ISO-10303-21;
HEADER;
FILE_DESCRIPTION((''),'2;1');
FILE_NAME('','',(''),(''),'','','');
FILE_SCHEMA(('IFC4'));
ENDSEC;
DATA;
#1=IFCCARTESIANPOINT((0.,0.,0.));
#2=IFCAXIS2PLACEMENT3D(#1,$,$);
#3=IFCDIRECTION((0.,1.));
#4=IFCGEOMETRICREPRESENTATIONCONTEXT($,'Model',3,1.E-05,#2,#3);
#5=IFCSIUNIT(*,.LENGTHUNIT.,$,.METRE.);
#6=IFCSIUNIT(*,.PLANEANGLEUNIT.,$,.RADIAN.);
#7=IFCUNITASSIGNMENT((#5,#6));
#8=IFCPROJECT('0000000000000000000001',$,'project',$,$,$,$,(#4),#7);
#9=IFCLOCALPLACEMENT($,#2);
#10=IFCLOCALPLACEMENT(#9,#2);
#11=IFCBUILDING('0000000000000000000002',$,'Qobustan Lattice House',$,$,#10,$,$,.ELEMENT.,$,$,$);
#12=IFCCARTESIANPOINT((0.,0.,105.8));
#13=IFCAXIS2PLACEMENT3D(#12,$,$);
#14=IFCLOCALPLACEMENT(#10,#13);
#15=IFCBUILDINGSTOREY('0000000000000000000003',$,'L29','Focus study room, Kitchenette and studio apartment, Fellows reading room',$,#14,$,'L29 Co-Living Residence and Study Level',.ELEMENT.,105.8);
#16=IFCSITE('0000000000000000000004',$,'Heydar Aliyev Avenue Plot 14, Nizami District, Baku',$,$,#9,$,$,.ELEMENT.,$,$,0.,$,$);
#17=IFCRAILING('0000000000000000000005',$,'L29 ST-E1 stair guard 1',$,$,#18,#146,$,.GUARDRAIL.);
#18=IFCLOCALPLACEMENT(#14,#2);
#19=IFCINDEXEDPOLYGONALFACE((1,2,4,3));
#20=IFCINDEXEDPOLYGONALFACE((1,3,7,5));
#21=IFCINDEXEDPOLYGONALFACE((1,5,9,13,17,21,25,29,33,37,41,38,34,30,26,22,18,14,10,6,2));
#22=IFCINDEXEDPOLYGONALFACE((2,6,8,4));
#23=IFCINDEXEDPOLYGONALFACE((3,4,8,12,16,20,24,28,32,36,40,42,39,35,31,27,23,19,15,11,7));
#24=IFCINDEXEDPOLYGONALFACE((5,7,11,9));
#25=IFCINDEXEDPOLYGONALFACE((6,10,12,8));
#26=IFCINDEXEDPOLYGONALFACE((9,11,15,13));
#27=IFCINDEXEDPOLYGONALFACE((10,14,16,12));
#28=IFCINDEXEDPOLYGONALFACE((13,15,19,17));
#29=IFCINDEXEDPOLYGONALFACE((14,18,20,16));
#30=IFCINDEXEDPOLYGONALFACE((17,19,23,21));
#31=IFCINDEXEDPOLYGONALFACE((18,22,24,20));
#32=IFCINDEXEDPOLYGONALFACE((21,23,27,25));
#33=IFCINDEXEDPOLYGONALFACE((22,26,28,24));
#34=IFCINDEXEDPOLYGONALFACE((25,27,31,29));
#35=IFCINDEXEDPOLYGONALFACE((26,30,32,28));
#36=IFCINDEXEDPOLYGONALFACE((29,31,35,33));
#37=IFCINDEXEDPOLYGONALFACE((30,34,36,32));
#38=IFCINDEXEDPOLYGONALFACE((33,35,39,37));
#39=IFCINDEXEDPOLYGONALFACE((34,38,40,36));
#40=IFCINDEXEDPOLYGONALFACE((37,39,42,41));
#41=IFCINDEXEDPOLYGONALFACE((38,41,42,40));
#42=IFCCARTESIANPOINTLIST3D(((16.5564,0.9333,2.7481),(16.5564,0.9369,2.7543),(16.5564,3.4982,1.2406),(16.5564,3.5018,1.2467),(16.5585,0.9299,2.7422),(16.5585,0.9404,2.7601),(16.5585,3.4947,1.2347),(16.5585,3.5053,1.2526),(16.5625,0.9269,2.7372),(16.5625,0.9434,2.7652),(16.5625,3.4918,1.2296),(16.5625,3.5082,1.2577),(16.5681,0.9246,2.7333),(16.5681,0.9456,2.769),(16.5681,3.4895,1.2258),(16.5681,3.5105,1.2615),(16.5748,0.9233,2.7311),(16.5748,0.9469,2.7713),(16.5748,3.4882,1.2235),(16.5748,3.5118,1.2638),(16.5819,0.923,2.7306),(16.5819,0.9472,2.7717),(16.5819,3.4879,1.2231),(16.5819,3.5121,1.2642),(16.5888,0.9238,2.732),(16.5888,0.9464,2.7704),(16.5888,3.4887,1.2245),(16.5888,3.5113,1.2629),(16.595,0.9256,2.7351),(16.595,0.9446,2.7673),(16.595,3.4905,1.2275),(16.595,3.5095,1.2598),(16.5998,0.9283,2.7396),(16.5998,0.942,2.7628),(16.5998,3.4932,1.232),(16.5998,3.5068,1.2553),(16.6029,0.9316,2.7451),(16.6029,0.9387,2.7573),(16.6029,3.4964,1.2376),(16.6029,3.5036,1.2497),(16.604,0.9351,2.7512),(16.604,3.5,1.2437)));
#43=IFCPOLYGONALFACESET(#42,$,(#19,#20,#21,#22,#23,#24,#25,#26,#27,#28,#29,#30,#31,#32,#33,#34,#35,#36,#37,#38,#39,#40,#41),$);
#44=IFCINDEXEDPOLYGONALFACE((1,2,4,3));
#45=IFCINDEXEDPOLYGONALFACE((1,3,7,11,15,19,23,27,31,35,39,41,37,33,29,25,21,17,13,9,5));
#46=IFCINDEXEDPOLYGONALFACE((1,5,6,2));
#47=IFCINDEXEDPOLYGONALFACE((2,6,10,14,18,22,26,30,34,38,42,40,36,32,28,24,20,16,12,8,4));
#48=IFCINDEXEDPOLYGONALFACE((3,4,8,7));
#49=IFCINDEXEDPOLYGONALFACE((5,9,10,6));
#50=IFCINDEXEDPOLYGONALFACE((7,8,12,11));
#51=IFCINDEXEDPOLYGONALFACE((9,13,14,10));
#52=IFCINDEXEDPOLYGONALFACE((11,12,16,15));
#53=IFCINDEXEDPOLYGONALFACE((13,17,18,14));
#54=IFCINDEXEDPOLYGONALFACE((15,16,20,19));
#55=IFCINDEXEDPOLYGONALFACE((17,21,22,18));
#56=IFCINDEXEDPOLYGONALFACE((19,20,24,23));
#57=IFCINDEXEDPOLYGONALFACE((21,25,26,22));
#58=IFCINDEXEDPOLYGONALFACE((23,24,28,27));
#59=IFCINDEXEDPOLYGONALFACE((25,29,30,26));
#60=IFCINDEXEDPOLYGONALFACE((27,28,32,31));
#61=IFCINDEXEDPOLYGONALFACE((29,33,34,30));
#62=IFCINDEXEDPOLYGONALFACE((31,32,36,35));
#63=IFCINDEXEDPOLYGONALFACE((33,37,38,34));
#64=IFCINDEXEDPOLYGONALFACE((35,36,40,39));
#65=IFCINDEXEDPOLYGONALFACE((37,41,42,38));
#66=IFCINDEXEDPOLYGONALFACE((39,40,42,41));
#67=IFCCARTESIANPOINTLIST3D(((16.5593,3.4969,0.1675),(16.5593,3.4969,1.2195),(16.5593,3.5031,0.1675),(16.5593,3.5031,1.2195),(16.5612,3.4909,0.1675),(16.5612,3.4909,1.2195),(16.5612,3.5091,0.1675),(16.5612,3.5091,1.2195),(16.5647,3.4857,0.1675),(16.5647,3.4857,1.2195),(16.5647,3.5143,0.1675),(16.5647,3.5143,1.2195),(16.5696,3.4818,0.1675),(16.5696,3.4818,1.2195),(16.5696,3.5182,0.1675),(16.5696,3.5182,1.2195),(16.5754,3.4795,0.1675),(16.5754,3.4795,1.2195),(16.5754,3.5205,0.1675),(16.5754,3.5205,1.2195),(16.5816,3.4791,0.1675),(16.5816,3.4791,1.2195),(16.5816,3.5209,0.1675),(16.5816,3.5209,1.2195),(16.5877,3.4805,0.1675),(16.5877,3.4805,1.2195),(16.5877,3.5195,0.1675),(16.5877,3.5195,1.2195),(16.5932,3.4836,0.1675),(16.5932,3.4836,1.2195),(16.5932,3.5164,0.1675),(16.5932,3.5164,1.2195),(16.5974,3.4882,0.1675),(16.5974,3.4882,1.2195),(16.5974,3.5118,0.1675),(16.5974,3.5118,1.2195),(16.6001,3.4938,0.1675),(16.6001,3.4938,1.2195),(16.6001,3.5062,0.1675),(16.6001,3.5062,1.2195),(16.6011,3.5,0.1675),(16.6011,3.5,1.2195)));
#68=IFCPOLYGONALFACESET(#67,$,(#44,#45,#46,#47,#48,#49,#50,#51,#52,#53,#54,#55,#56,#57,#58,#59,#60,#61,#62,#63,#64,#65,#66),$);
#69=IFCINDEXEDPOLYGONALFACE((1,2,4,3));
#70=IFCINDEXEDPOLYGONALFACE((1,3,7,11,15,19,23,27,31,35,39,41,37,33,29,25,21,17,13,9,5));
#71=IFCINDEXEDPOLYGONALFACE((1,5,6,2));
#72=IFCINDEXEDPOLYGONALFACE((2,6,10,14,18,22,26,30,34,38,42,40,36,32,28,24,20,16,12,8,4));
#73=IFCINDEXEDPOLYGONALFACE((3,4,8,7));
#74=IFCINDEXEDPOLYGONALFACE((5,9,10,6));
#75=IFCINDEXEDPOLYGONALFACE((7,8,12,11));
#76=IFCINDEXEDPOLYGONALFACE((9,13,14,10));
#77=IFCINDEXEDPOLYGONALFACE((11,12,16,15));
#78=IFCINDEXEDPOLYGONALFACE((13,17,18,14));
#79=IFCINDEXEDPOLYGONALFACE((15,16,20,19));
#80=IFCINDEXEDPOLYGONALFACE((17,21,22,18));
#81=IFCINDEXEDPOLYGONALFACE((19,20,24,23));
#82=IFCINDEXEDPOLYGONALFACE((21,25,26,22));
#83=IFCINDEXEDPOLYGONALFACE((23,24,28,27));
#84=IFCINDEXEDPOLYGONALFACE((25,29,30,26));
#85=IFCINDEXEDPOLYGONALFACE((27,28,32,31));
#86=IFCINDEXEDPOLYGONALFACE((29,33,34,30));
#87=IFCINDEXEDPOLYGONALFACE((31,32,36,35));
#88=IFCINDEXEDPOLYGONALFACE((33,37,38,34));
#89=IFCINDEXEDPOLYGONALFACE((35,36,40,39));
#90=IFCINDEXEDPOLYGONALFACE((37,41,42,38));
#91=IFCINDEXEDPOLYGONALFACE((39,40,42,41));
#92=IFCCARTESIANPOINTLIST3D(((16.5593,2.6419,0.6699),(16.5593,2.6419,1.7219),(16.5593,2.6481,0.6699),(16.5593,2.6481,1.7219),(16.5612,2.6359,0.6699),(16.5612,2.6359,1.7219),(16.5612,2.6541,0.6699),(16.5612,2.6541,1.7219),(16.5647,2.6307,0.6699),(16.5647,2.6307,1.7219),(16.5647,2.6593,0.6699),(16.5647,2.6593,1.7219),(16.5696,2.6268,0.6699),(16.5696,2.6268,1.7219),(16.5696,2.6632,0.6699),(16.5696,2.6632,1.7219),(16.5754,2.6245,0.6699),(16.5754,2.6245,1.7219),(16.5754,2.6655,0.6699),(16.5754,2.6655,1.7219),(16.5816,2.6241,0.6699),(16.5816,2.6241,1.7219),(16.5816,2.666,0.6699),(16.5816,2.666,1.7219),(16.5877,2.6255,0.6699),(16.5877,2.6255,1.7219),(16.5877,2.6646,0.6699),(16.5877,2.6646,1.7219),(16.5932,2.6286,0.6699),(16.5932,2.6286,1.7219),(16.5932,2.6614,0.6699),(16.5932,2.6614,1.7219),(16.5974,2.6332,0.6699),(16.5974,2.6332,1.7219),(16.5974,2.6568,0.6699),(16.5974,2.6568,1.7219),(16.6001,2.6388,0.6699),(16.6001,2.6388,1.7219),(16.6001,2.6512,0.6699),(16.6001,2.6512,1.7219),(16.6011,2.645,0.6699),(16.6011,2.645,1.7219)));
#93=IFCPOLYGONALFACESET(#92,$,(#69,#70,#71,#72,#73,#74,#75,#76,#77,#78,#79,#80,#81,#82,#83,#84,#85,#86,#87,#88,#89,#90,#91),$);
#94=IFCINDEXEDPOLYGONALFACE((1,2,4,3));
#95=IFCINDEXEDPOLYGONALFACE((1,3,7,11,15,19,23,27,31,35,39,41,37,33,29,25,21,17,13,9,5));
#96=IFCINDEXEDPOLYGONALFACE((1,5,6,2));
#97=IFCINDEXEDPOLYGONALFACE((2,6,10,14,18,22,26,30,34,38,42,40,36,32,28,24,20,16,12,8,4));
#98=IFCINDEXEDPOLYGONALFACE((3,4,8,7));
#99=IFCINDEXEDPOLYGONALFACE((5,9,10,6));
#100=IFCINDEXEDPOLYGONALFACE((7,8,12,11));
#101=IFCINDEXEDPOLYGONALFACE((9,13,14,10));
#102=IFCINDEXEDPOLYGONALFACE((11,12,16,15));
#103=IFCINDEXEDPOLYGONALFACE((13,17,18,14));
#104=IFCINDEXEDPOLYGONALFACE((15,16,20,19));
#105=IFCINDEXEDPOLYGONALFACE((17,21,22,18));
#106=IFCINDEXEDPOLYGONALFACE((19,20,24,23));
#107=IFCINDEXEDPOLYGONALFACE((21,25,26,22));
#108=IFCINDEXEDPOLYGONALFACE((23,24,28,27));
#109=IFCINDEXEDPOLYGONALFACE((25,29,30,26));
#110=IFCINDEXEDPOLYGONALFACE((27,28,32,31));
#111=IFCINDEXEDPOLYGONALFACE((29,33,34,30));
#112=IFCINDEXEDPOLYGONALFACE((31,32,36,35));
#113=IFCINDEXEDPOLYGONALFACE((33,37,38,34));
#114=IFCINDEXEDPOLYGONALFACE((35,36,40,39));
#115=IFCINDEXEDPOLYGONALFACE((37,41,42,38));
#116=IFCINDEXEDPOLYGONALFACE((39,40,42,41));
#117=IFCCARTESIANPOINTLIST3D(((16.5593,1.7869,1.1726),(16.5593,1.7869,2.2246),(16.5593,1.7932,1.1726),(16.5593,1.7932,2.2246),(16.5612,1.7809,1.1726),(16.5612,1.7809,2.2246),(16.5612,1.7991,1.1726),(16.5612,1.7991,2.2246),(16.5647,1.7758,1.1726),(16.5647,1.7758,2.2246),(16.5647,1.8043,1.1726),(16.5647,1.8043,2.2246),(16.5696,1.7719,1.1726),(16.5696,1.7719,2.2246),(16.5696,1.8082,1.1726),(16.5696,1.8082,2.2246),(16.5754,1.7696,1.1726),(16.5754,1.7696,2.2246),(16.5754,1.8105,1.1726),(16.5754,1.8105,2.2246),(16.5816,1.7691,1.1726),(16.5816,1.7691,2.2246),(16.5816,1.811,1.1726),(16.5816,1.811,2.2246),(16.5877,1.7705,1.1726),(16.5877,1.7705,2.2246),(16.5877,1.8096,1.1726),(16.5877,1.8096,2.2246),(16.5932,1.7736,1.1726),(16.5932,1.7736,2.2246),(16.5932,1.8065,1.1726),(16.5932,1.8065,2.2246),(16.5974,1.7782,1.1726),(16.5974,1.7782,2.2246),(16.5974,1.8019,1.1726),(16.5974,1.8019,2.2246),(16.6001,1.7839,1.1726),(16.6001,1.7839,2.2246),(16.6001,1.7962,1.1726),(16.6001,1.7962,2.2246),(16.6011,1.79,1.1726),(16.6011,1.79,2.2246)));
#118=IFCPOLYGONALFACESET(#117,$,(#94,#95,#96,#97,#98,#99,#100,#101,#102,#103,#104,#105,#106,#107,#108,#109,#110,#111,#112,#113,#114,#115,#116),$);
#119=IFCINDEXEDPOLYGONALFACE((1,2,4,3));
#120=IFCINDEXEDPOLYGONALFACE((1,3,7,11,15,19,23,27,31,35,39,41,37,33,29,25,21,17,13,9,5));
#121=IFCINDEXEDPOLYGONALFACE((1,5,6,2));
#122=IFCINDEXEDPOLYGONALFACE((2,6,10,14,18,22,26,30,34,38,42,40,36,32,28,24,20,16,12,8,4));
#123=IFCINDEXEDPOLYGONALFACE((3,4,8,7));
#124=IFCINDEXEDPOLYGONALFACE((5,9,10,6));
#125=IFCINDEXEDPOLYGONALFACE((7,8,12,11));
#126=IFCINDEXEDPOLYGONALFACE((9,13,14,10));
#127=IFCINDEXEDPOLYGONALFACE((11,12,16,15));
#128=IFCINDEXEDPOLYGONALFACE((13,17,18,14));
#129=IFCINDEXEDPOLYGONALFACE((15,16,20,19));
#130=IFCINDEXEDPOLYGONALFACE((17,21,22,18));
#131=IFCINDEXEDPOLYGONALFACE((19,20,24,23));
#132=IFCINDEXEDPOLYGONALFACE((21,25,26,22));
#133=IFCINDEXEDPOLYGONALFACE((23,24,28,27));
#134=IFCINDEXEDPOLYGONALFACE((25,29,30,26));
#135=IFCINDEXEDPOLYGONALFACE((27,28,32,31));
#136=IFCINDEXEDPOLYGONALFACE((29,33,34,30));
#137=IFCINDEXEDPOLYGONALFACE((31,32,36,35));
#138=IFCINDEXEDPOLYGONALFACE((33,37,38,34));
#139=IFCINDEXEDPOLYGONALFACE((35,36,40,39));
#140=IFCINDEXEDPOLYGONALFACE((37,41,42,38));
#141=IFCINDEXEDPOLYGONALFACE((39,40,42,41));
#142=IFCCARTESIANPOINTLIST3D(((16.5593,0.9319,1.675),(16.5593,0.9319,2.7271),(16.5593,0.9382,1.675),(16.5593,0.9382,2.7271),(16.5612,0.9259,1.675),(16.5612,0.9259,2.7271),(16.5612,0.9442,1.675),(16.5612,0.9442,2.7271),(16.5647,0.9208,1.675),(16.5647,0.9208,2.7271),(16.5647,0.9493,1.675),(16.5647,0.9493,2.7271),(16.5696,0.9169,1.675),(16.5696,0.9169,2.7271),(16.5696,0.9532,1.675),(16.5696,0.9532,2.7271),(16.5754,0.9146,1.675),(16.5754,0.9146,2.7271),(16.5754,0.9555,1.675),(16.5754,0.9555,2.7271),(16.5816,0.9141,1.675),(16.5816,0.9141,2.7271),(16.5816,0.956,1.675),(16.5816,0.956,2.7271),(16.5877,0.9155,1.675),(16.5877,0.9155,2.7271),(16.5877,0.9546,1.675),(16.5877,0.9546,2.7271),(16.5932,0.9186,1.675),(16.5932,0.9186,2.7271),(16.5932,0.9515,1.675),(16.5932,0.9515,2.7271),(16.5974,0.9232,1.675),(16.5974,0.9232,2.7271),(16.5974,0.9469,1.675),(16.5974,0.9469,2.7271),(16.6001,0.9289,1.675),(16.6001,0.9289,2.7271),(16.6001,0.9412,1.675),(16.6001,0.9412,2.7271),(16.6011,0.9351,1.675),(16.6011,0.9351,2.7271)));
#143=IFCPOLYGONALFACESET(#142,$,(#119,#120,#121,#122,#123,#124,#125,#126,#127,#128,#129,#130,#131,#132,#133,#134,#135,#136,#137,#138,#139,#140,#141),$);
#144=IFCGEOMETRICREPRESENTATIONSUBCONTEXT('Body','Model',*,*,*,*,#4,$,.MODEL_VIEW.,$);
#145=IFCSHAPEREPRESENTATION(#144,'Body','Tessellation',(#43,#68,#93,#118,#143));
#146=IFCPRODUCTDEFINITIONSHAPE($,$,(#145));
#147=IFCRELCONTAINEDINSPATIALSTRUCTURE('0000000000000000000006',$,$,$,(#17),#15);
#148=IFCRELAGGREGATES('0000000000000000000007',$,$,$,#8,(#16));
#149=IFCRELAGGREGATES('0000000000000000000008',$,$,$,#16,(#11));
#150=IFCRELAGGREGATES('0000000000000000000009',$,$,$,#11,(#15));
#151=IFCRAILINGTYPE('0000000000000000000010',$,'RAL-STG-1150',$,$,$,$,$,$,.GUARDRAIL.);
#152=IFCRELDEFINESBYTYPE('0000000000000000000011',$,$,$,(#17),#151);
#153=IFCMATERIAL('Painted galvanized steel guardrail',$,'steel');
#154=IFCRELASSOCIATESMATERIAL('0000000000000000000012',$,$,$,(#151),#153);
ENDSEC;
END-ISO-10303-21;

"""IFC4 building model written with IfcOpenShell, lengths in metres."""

from ifc_helpers import new_model, si_unit, direction, frame, origin, origin_2d, place, context, subcontext, project, spatial, circle, extrude, material, type_object, element, save


model = new_model("IFC4")

# Units and contexts
model_context = context("Model", 3, precision=1e-05, world=origin(), true_north=direction((0.0, 1.0)))
body_context = subcontext(model_context, "Body", "Model", "MODEL_VIEW")
ifc_project = project(units=[si_unit("LENGTHUNIT", "METRE"), si_unit("PLANEANGLEUNIT", "RADIAN")], contexts=[model_context])

# Site, building, storey
site_placement = place(None, origin())
site = spatial("IfcSite", under=ifc_project, at=site_placement, Name="Heydar Aliyev Avenue Plot 14, Nizami District, Baku", CompositionType="ELEMENT", RefElevation=0.0)
building_placement = place(site_placement, origin())
building = spatial("IfcBuilding", under=site, at=building_placement, Name="Qobustan Lattice House", CompositionType="ELEMENT")
storey_placement = place(building_placement, frame((0.0, 0.0, 105.8)))
storey = spatial("IfcBuildingStorey", under=building, at=storey_placement, Name="L29", Description="Focus study room, Kitchenette and studio apartment, Fellows reading room", LongName="L29 Co-Living Residence and Study Level", CompositionType="ELEMENT", Elevation=105.8)

# Railing
ifc_material_1 = material(Name="Painted galvanized steel guardrail", Category="steel")
railing_type_1 = type_object("IfcRailingType", Name="RAL-STG-1150", PredefinedType="GUARDRAIL", material=ifc_material_1)
railing_1_placement = place(storey_placement, frame((16.5801, 3.5, 0.1675)))
element("IfcRailing", 1, at=railing_1_placement, inside=storey, type_object=railing_type_1, Name="L29 ST-E1 stair guard 1", PredefinedType="GUARDRAIL", context=body_context, shape_type="SweptSolid", body=[
    extrude(circle(Radius=0.0239, at=origin_2d()), frame((0.0, 0.0, 1.0762), z_axis=(0.0, -0.862113, 0.506715), x_axis=(1.0, 0.0, 0.0)), (0.0, 0.0, 1.0), 2.9751),
    extrude(circle(Radius=0.021, at=origin_2d()), origin(), (0.0, 0.0, 1.0), 1.052),
    extrude(circle(Radius=0.021, at=origin_2d()), frame((0.0, -0.855, 0.5024)), (0.0, 0.0, 1.0), 1.052),
    extrude(circle(Radius=0.021, at=origin_2d()), frame((0.0, -1.71, 1.0051)), (0.0, 0.0, 1.0), 1.052),
    extrude(circle(Radius=0.021, at=origin_2d()), frame((0.0, -2.5649, 1.5076)), (0.0, 0.0, 1.0), 1.052),
])

save(model, "model.ifc")
